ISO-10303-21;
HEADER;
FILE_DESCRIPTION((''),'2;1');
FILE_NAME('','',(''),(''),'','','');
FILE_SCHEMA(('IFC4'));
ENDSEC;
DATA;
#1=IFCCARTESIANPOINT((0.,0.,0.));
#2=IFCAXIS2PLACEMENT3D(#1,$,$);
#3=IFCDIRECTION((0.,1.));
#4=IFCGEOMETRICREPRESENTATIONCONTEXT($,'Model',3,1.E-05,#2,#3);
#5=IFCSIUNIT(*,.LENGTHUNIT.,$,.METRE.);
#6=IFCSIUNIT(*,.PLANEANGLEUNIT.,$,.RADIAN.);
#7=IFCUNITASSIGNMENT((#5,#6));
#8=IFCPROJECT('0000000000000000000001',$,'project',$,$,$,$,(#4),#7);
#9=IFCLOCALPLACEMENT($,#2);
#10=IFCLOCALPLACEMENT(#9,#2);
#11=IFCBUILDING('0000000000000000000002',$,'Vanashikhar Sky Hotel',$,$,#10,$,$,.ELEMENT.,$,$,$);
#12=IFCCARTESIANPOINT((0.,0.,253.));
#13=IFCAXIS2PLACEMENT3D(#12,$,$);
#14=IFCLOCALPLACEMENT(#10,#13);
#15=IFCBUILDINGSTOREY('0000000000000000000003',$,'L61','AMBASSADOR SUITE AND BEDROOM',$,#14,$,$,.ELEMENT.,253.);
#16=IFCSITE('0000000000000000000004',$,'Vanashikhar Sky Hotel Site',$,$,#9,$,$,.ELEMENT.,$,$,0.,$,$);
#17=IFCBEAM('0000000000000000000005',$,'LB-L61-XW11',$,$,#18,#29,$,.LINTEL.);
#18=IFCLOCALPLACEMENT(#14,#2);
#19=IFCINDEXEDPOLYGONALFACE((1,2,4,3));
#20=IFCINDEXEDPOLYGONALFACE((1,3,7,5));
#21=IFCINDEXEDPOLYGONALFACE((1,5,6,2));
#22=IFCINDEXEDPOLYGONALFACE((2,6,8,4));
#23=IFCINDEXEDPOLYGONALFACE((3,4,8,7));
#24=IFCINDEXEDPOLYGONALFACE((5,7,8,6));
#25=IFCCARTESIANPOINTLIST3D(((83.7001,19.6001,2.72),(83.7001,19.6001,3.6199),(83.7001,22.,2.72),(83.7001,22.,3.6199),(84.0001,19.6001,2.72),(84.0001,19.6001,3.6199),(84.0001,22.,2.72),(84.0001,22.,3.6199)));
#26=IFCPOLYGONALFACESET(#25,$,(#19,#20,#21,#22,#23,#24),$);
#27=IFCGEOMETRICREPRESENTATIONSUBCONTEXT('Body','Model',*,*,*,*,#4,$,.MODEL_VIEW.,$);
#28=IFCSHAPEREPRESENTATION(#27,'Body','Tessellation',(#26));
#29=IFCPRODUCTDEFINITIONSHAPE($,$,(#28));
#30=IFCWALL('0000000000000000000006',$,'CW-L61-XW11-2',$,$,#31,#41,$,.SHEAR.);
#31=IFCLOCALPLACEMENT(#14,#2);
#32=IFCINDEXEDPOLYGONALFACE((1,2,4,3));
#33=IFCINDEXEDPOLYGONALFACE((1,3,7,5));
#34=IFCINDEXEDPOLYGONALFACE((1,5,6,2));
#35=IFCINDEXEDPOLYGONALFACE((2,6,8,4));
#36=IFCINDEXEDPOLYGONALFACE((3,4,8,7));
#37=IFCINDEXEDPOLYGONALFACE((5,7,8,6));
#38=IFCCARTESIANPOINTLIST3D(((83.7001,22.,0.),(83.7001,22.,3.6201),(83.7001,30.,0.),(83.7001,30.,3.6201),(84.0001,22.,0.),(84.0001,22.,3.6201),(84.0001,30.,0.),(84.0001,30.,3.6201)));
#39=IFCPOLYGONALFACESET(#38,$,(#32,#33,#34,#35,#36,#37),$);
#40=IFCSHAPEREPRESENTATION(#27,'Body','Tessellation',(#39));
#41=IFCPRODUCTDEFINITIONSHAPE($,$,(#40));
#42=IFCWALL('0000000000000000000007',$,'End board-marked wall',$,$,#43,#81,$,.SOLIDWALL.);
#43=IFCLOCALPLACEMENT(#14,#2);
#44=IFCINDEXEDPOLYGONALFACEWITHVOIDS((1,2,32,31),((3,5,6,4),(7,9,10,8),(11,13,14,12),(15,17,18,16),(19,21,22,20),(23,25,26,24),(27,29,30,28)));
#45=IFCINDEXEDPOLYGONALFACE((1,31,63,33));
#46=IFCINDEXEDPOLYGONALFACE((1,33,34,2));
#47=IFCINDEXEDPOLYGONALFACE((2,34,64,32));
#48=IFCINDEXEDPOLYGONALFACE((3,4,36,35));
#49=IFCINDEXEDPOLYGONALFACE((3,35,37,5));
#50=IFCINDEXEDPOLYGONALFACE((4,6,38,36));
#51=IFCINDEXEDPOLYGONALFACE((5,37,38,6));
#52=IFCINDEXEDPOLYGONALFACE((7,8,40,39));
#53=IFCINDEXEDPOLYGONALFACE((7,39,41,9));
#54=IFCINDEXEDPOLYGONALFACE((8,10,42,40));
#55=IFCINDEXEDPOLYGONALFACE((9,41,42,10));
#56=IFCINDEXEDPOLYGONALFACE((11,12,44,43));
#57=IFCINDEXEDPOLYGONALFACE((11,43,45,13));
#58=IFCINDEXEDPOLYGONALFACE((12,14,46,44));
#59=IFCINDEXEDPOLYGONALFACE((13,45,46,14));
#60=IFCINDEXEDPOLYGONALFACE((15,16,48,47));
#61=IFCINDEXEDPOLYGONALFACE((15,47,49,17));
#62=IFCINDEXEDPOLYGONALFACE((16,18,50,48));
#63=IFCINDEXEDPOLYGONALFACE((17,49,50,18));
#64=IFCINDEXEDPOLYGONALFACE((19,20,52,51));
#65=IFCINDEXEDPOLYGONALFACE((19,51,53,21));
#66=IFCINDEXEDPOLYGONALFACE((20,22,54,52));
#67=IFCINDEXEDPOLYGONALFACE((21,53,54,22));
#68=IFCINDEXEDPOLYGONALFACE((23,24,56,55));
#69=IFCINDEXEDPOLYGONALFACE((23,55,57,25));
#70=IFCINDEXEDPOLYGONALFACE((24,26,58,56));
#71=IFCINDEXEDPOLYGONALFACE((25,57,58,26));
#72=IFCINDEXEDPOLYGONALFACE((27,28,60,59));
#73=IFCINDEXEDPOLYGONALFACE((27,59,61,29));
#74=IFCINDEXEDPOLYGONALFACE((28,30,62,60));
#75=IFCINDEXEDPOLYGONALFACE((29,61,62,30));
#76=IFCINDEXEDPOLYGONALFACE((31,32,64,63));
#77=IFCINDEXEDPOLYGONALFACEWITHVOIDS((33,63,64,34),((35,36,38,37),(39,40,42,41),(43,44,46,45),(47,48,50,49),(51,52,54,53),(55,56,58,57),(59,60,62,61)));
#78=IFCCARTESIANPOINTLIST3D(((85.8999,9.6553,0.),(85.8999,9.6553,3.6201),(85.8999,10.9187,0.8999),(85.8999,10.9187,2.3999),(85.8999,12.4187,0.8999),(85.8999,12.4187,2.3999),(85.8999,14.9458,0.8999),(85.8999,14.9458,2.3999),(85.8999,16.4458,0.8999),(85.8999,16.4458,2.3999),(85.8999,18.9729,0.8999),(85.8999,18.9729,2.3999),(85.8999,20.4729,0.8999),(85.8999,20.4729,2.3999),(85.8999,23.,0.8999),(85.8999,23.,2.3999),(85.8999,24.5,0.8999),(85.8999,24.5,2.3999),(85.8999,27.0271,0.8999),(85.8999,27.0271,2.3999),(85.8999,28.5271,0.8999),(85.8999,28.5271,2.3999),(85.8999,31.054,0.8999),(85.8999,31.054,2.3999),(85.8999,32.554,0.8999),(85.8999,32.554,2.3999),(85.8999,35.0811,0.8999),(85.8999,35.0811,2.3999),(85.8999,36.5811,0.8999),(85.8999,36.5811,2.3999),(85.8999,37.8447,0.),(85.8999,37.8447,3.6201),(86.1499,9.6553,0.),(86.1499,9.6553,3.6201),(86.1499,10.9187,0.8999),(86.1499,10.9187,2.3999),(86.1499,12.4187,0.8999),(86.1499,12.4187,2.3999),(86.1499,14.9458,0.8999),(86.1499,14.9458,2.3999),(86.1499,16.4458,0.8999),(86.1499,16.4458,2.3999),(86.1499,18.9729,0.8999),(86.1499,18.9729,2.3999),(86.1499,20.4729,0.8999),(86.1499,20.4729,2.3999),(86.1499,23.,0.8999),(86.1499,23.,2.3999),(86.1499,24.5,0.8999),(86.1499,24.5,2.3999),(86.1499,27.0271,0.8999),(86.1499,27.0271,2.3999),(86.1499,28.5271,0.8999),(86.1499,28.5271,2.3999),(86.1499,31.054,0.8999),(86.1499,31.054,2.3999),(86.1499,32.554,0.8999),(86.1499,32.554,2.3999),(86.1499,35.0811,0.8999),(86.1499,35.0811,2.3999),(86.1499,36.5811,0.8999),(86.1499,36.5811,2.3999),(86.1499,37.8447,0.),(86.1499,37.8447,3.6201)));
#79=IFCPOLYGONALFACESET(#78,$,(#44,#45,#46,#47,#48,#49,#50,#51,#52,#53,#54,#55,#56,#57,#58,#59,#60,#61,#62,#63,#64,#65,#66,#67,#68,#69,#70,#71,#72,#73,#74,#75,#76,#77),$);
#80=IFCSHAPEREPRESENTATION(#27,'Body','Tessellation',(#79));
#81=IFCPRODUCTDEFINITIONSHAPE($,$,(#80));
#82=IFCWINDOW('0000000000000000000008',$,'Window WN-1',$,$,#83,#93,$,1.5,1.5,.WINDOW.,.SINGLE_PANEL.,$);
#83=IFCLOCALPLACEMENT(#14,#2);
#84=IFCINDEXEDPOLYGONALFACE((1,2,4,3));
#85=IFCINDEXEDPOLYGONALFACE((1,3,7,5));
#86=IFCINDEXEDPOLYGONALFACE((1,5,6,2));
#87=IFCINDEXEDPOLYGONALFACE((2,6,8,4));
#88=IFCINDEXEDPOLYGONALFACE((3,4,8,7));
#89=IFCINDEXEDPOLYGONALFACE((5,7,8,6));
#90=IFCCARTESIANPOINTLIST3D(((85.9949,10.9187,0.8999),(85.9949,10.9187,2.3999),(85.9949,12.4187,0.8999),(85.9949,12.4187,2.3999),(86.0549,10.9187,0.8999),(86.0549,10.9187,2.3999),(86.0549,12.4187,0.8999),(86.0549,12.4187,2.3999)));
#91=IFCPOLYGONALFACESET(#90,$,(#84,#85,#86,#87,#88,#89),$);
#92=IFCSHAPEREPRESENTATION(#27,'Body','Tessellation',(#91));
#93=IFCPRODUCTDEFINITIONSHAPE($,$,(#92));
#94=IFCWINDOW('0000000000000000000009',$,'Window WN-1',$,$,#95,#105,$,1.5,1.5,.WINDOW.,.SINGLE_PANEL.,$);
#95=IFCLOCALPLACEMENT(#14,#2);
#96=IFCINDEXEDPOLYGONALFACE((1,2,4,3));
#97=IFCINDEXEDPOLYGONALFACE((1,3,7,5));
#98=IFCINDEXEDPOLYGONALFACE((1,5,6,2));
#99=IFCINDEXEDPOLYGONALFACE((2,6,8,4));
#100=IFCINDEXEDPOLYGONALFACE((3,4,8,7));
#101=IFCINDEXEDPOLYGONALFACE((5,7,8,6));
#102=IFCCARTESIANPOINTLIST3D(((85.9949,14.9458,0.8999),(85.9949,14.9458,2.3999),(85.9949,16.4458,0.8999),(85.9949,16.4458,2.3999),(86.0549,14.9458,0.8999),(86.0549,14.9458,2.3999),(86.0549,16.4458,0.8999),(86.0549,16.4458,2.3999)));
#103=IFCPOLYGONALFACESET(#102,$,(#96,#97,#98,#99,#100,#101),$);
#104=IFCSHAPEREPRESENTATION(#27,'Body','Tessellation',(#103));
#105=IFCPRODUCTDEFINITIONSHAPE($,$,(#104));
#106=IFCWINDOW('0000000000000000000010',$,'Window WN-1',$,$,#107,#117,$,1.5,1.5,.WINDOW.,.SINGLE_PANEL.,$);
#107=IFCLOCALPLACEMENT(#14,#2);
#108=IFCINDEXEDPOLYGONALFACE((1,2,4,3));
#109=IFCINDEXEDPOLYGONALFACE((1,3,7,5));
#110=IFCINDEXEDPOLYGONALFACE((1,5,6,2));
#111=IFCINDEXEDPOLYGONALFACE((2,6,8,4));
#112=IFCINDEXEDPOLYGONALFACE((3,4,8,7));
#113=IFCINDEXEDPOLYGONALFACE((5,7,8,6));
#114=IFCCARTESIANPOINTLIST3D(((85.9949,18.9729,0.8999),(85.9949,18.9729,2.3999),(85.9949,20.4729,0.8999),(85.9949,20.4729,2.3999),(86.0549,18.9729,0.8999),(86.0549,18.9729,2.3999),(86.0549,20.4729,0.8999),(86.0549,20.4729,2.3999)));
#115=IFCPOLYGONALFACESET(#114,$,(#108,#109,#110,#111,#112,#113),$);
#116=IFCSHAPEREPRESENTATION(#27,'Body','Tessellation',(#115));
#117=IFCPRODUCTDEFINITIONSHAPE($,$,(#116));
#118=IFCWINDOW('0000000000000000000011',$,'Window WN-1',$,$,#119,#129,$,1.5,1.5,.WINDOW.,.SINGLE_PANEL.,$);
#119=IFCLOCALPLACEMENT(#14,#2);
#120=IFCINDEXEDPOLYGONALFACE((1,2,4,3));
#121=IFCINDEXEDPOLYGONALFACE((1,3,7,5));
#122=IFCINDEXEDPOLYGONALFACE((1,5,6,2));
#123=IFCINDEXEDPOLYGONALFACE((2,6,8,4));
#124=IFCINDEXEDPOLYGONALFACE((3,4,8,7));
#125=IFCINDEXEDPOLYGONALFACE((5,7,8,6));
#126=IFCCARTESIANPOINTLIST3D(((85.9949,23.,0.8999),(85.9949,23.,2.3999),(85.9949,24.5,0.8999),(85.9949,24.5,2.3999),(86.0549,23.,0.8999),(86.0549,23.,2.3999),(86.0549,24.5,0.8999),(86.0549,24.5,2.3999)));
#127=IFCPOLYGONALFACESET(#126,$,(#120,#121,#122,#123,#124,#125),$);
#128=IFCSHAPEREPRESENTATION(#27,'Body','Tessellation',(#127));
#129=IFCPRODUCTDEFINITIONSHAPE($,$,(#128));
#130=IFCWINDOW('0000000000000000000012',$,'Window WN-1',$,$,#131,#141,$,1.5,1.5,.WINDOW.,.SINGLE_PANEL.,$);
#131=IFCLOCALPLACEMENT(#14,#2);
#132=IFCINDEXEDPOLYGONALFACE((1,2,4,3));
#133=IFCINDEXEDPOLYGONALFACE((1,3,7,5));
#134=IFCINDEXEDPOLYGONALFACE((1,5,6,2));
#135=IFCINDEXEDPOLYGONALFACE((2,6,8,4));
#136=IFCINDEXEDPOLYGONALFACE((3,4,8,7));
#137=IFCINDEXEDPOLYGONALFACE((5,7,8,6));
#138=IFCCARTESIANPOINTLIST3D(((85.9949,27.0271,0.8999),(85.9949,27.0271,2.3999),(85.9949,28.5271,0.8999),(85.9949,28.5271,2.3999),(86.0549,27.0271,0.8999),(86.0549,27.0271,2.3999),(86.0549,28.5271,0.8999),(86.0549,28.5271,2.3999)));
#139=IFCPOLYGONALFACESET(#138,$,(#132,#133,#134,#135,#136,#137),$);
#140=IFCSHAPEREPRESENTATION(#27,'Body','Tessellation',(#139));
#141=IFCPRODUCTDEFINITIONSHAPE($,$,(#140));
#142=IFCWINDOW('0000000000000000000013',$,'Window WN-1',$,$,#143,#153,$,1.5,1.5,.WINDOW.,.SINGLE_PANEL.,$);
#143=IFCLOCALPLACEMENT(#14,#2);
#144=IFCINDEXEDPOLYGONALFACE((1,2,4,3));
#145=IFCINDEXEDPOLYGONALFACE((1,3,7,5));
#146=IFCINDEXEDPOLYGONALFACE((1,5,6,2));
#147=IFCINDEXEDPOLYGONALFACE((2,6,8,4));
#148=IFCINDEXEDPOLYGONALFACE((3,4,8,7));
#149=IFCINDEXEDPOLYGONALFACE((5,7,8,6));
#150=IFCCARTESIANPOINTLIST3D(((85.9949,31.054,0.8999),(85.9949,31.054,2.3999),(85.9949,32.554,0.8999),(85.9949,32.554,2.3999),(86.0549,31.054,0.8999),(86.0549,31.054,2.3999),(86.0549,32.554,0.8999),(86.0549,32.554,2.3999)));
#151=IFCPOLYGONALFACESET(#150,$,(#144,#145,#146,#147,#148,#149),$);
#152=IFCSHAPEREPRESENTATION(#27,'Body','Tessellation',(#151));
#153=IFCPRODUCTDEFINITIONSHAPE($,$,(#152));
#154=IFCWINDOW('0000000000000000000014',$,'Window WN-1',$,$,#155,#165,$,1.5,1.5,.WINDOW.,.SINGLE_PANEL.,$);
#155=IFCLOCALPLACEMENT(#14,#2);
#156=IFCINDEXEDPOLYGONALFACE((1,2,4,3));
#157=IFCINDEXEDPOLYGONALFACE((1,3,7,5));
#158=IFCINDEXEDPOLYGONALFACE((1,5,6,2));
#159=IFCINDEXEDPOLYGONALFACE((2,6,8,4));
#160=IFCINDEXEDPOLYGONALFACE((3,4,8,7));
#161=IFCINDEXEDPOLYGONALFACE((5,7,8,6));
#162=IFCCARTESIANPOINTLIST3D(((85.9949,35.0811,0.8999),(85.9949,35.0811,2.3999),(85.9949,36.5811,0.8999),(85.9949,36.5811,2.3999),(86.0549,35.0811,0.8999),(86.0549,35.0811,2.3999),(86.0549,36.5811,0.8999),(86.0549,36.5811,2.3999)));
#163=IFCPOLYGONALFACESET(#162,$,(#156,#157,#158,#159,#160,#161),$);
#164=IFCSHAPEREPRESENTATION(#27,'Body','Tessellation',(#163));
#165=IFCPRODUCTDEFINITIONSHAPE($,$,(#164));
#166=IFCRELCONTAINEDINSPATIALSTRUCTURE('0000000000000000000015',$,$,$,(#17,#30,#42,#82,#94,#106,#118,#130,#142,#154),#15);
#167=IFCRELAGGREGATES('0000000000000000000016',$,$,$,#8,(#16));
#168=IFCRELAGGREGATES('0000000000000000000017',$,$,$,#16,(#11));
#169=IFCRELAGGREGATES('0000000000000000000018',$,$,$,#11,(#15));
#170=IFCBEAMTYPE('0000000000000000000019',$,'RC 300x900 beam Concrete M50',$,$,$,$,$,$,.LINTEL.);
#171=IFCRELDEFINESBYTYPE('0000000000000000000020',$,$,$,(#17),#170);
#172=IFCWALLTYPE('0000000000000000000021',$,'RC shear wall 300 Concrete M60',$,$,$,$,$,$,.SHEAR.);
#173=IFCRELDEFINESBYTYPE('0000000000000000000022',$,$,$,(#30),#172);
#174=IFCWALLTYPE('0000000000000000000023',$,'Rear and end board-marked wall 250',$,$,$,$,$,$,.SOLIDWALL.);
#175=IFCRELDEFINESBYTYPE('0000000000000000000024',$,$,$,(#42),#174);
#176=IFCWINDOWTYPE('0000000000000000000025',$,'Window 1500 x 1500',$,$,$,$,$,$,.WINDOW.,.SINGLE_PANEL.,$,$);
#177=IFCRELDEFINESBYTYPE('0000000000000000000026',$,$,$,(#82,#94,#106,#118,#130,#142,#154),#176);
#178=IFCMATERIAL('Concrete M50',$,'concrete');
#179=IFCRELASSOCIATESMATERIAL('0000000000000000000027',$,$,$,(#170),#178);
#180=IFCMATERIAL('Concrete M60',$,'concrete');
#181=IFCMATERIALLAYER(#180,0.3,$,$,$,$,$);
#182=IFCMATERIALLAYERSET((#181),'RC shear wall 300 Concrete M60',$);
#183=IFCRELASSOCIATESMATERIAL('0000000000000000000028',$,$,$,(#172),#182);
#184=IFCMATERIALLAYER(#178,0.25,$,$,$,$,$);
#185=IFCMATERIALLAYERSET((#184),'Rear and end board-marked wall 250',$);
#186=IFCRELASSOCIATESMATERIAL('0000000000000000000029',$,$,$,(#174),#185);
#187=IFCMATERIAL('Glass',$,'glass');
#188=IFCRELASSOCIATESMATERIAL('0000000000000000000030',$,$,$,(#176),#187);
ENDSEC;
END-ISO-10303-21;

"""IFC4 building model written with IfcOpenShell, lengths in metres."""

from ifc_helpers import new_model, si_unit, direction, frame, frame_2d, origin, origin_2d, place, context, subcontext, project, spatial, rectangle, extrude, source, transform, mapped, material, layer, layer_set, material_profile, profile_set, type_object, element, fill, save


model = new_model("IFC4")

# Units and contexts
model_context = context("Model", 3, precision=1e-05, world=origin(), true_north=direction((0.0, 1.0)))
body_context = subcontext(model_context, "Body", "Model", "MODEL_VIEW")
ifc_project = project(units=[si_unit("LENGTHUNIT", "METRE"), si_unit("PLANEANGLEUNIT", "RADIAN")], contexts=[model_context])

# Site, building, storey
site_placement = place(None, origin())
site = spatial("IfcSite", under=ifc_project, at=site_placement, Name="Vanashikhar Sky Hotel Site", CompositionType="ELEMENT", RefElevation=0.0)
building_placement = place(site_placement, origin())
building = spatial("IfcBuilding", under=site, at=building_placement, Name="Vanashikhar Sky Hotel", CompositionType="ELEMENT")
storey_placement = place(building_placement, frame((0.0, 0.0, 253.0)))
storey = spatial("IfcBuildingStorey", under=building, at=storey_placement, Name="L61", Description="AMBASSADOR SUITE AND BEDROOM", CompositionType="ELEMENT", Elevation=253.0)

# Beam
ifc_material_1 = material(Name="Concrete M50", Category="concrete")
ifc_material_profile = material_profile(ifc_material_1, rectangle(XDim=0.3, YDim=0.8999, at=origin_2d()))
ifc_profile_set = profile_set([ifc_material_profile], Name="RC 300x900 beam Concrete M50")
beam_type = type_object("IfcBeamType", Name="RC 300x900 beam Concrete M50", PredefinedType="LINTEL", material=ifc_profile_set)
shared_shape_1 = source(origin(), body_context, "Body", "SweptSolid", [
    extrude(rectangle(XDim=0.3, YDim=0.8999, at=origin_2d()), origin(), (0.0, 0.0, 1.0), 2.3999),
])
beam_placement = place(storey_placement, frame((83.8501, 19.6001, 3.1699), z_axis=(0.0, 1.0, 0.0), x_axis=(-1.0, 0.0, 0.0)))
element("IfcBeam", 1, at=beam_placement, inside=storey, type_object=beam_type, Name="LB-L61-XW11", PredefinedType="LINTEL", context=body_context, shape_type="MappedRepresentation", body=[
    mapped(shared_shape_1, transform((0.0, 0.0, 0.0), scale=1.0)),
])

# Wall
ifc_material_2 = material(Name="Concrete M60", Category="concrete")
ifc_layer_1 = layer(ifc_material_2, 0.3)
ifc_layer_set_1 = layer_set([ifc_layer_1], Name="RC shear wall 300 Concrete M60")
wall_type_1 = type_object("IfcWallType", Name="RC shear wall 300 Concrete M60", PredefinedType="SHEAR", material=ifc_layer_set_1)
shared_shape_2 = source(origin(), body_context, "Body", "SweptSolid", [
    extrude(rectangle(XDim=8.0, YDim=0.3, at=frame_2d((4.0, 0.0))), origin(), (0.0, 0.0, 1.0), 3.6201),
])
wall_1_placement = place(storey_placement, frame((83.8501, 22.0, 0.0), z_axis=(0.0, 0.0, 1.0), x_axis=(0.0, 1.0, 0.0)))
element("IfcWall", 2, at=wall_1_placement, inside=storey, type_object=wall_type_1, Name="CW-L61-XW11-2", PredefinedType="SHEAR", context=body_context, shape_type="MappedRepresentation", body=[
    mapped(shared_shape_2, transform((0.0, 0.0, 0.0), scale=1.0)),
])

# Wall, openings, windows
ifc_layer_2 = layer(ifc_material_1, 0.25)
ifc_layer_set_2 = layer_set([ifc_layer_2], Name="Rear and end board-marked wall 250")
wall_type_2 = type_object("IfcWallType", Name="Rear and end board-marked wall 250", PredefinedType="SOLIDWALL", material=ifc_layer_set_2)
shared_shape_3 = source(origin(), body_context, "Body", "SweptSolid", [
    extrude(rectangle(XDim=28.1895, YDim=0.25, at=frame_2d((14.0947, 0.0))), origin(), (0.0, 0.0, 1.0), 3.6201),
])
wall_2_placement = place(storey_placement, frame((86.0249, 9.6553, 0.0), z_axis=(0.0, 0.0, 1.0), x_axis=(0.0, 1.0, 0.0)))
wall_2 = element("IfcWall", 3, at=wall_2_placement, inside=storey, type_object=wall_type_2, Name="End board-marked wall", PredefinedType="SOLIDWALL", context=body_context, shape_type="MappedRepresentation", body=[
    mapped(shared_shape_3, transform((0.0, 0.0, 0.0), scale=1.0)),
])
shared_shape_4 = source(origin(), body_context, "Body", "SweptSolid", [
    extrude(rectangle(XDim=1.5, YDim=1.5, at=frame_2d((0.75, 0.75))), frame((0.0, 0.135, 0.0), z_axis=(0.0, -1.0, 0.0), x_axis=(1.0, 0.0, 0.0)), (0.0, 0.0, 1.0), 0.27),
])
opening_1_placement = place(wall_2_placement, frame((1.2634, 0.0, 0.8999)))
opening_1 = element("IfcOpeningElement", 4, at=opening_1_placement, cuts=wall_2, PredefinedType="OPENING", context=body_context, shape_type="MappedRepresentation", body=[
    mapped(shared_shape_4, transform((0.0, 0.0, 0.0), scale=1.0)),
])
opening_2_placement = place(wall_2_placement, frame((5.2905, 0.0, 0.8999)))
opening_2 = element("IfcOpeningElement", 5, at=opening_2_placement, cuts=wall_2, PredefinedType="OPENING", context=body_context, shape_type="MappedRepresentation", body=[
    mapped(shared_shape_4, transform((0.0, 0.0, 0.0), scale=1.0)),
])
opening_3_placement = place(wall_2_placement, frame((9.3176, 0.0, 0.8999)))
opening_3 = element("IfcOpeningElement", 6, at=opening_3_placement, cuts=wall_2, PredefinedType="OPENING", context=body_context, shape_type="MappedRepresentation", body=[
    mapped(shared_shape_4, transform((0.0, 0.0, 0.0), scale=1.0)),
])
opening_4_placement = place(wall_2_placement, frame((13.3447, 0.0, 0.8999)))
opening_4 = element("IfcOpeningElement", 7, at=opening_4_placement, cuts=wall_2, PredefinedType="OPENING", context=body_context, shape_type="MappedRepresentation", body=[
    mapped(shared_shape_4, transform((0.0, 0.0, 0.0), scale=1.0)),
])
opening_5_placement = place(wall_2_placement, frame((17.3718, 0.0, 0.8999)))
opening_5 = element("IfcOpeningElement", 8, at=opening_5_placement, cuts=wall_2, PredefinedType="OPENING", context=body_context, shape_type="MappedRepresentation", body=[
    mapped(shared_shape_4, transform((0.0, 0.0, 0.0), scale=1.0)),
])
opening_6_placement = place(wall_2_placement, frame((21.3987, 0.0, 0.8999)))
opening_6 = element("IfcOpeningElement", 9, at=opening_6_placement, cuts=wall_2, PredefinedType="OPENING", context=body_context, shape_type="MappedRepresentation", body=[
    mapped(shared_shape_4, transform((0.0, 0.0, 0.0), scale=1.0)),
])
opening_7_placement = place(wall_2_placement, frame((25.4258, 0.0, 0.8999)))
opening_7 = element("IfcOpeningElement", 10, at=opening_7_placement, cuts=wall_2, PredefinedType="OPENING", context=body_context, shape_type="MappedRepresentation", body=[
    mapped(shared_shape_4, transform((0.0, 0.0, 0.0), scale=1.0)),
])
ifc_material_3 = material(Name="Glass", Category="glass")
window_type = type_object("IfcWindowType", Name="Window 1500 x 1500", PartitioningType="SINGLE_PANEL", PredefinedType="WINDOW", material=ifc_material_3)
shared_shape_5 = source(origin(), body_context, "Body", "SweptSolid", [
    extrude(rectangle(XDim=1.5, YDim=1.5, at=frame_2d((0.75, 0.75))), frame((0.0, 0.03, 0.0), z_axis=(0.0, -1.0, 0.0), x_axis=(1.0, 0.0, 0.0)), (0.0, 0.0, 1.0), 0.0601),
])
window_1_placement = place(opening_1_placement, origin())
window_1 = element("IfcWindow", 11, at=window_1_placement, inside=storey, type_object=window_type, Name="Window WN-1", OverallHeight=1.5, OverallWidth=1.5, PartitioningType="SINGLE_PANEL", PredefinedType="WINDOW", context=body_context, shape_type="MappedRepresentation", body=[
    mapped(shared_shape_5, transform((0.0, 0.0, 0.0), scale=1.0)),
])
fill(opening_1, window_1)
window_2_placement = place(opening_2_placement, origin())
window_2 = element("IfcWindow", 12, at=window_2_placement, inside=storey, type_object=window_type, Name="Window WN-1", OverallHeight=1.5, OverallWidth=1.5, PartitioningType="SINGLE_PANEL", PredefinedType="WINDOW", context=body_context, shape_type="MappedRepresentation", body=[
    mapped(shared_shape_5, transform((0.0, 0.0, 0.0), scale=1.0)),
])
fill(opening_2, window_2)
window_3_placement = place(opening_3_placement, origin())
window_3 = element("IfcWindow", 13, at=window_3_placement, inside=storey, type_object=window_type, Name="Window WN-1", OverallHeight=1.5, OverallWidth=1.5, PartitioningType="SINGLE_PANEL", PredefinedType="WINDOW", context=body_context, shape_type="MappedRepresentation", body=[
    mapped(shared_shape_5, transform((0.0, 0.0, 0.0), scale=1.0)),
])
fill(opening_3, window_3)
window_4_placement = place(opening_4_placement, origin())
window_4 = element("IfcWindow", 14, at=window_4_placement, inside=storey, type_object=window_type, Name="Window WN-1", OverallHeight=1.5, OverallWidth=1.5, PartitioningType="SINGLE_PANEL", PredefinedType="WINDOW", context=body_context, shape_type="MappedRepresentation", body=[
    mapped(shared_shape_5, transform((0.0, 0.0, 0.0), scale=1.0)),
])
fill(opening_4, window_4)
window_5_placement = place(opening_5_placement, origin())
window_5 = element("IfcWindow", 15, at=window_5_placement, inside=storey, type_object=window_type, Name="Window WN-1", OverallHeight=1.5, OverallWidth=1.5, PartitioningType="SINGLE_PANEL", PredefinedType="WINDOW", context=body_context, shape_type="MappedRepresentation", body=[
    mapped(shared_shape_5, transform((0.0, 0.0, 0.0), scale=1.0)),
])
fill(opening_5, window_5)
window_6_placement = place(opening_6_placement, origin())
window_6 = element("IfcWindow", 16, at=window_6_placement, inside=storey, type_object=window_type, Name="Window WN-1", OverallHeight=1.5, OverallWidth=1.5, PartitioningType="SINGLE_PANEL", PredefinedType="WINDOW", context=body_context, shape_type="MappedRepresentation", body=[
    mapped(shared_shape_5, transform((0.0, 0.0, 0.0), scale=1.0)),
])
fill(opening_6, window_6)
window_7_placement = place(opening_7_placement, origin())
window_7 = element("IfcWindow", 17, at=window_7_placement, inside=storey, type_object=window_type, Name="Window WN-1", OverallHeight=1.5, OverallWidth=1.5, PartitioningType="SINGLE_PANEL", PredefinedType="WINDOW", context=body_context, shape_type="MappedRepresentation", body=[
    mapped(shared_shape_5, transform((0.0, 0.0, 0.0), scale=1.0)),
])
fill(opening_7, window_7)

save(model, "model.ifc")
